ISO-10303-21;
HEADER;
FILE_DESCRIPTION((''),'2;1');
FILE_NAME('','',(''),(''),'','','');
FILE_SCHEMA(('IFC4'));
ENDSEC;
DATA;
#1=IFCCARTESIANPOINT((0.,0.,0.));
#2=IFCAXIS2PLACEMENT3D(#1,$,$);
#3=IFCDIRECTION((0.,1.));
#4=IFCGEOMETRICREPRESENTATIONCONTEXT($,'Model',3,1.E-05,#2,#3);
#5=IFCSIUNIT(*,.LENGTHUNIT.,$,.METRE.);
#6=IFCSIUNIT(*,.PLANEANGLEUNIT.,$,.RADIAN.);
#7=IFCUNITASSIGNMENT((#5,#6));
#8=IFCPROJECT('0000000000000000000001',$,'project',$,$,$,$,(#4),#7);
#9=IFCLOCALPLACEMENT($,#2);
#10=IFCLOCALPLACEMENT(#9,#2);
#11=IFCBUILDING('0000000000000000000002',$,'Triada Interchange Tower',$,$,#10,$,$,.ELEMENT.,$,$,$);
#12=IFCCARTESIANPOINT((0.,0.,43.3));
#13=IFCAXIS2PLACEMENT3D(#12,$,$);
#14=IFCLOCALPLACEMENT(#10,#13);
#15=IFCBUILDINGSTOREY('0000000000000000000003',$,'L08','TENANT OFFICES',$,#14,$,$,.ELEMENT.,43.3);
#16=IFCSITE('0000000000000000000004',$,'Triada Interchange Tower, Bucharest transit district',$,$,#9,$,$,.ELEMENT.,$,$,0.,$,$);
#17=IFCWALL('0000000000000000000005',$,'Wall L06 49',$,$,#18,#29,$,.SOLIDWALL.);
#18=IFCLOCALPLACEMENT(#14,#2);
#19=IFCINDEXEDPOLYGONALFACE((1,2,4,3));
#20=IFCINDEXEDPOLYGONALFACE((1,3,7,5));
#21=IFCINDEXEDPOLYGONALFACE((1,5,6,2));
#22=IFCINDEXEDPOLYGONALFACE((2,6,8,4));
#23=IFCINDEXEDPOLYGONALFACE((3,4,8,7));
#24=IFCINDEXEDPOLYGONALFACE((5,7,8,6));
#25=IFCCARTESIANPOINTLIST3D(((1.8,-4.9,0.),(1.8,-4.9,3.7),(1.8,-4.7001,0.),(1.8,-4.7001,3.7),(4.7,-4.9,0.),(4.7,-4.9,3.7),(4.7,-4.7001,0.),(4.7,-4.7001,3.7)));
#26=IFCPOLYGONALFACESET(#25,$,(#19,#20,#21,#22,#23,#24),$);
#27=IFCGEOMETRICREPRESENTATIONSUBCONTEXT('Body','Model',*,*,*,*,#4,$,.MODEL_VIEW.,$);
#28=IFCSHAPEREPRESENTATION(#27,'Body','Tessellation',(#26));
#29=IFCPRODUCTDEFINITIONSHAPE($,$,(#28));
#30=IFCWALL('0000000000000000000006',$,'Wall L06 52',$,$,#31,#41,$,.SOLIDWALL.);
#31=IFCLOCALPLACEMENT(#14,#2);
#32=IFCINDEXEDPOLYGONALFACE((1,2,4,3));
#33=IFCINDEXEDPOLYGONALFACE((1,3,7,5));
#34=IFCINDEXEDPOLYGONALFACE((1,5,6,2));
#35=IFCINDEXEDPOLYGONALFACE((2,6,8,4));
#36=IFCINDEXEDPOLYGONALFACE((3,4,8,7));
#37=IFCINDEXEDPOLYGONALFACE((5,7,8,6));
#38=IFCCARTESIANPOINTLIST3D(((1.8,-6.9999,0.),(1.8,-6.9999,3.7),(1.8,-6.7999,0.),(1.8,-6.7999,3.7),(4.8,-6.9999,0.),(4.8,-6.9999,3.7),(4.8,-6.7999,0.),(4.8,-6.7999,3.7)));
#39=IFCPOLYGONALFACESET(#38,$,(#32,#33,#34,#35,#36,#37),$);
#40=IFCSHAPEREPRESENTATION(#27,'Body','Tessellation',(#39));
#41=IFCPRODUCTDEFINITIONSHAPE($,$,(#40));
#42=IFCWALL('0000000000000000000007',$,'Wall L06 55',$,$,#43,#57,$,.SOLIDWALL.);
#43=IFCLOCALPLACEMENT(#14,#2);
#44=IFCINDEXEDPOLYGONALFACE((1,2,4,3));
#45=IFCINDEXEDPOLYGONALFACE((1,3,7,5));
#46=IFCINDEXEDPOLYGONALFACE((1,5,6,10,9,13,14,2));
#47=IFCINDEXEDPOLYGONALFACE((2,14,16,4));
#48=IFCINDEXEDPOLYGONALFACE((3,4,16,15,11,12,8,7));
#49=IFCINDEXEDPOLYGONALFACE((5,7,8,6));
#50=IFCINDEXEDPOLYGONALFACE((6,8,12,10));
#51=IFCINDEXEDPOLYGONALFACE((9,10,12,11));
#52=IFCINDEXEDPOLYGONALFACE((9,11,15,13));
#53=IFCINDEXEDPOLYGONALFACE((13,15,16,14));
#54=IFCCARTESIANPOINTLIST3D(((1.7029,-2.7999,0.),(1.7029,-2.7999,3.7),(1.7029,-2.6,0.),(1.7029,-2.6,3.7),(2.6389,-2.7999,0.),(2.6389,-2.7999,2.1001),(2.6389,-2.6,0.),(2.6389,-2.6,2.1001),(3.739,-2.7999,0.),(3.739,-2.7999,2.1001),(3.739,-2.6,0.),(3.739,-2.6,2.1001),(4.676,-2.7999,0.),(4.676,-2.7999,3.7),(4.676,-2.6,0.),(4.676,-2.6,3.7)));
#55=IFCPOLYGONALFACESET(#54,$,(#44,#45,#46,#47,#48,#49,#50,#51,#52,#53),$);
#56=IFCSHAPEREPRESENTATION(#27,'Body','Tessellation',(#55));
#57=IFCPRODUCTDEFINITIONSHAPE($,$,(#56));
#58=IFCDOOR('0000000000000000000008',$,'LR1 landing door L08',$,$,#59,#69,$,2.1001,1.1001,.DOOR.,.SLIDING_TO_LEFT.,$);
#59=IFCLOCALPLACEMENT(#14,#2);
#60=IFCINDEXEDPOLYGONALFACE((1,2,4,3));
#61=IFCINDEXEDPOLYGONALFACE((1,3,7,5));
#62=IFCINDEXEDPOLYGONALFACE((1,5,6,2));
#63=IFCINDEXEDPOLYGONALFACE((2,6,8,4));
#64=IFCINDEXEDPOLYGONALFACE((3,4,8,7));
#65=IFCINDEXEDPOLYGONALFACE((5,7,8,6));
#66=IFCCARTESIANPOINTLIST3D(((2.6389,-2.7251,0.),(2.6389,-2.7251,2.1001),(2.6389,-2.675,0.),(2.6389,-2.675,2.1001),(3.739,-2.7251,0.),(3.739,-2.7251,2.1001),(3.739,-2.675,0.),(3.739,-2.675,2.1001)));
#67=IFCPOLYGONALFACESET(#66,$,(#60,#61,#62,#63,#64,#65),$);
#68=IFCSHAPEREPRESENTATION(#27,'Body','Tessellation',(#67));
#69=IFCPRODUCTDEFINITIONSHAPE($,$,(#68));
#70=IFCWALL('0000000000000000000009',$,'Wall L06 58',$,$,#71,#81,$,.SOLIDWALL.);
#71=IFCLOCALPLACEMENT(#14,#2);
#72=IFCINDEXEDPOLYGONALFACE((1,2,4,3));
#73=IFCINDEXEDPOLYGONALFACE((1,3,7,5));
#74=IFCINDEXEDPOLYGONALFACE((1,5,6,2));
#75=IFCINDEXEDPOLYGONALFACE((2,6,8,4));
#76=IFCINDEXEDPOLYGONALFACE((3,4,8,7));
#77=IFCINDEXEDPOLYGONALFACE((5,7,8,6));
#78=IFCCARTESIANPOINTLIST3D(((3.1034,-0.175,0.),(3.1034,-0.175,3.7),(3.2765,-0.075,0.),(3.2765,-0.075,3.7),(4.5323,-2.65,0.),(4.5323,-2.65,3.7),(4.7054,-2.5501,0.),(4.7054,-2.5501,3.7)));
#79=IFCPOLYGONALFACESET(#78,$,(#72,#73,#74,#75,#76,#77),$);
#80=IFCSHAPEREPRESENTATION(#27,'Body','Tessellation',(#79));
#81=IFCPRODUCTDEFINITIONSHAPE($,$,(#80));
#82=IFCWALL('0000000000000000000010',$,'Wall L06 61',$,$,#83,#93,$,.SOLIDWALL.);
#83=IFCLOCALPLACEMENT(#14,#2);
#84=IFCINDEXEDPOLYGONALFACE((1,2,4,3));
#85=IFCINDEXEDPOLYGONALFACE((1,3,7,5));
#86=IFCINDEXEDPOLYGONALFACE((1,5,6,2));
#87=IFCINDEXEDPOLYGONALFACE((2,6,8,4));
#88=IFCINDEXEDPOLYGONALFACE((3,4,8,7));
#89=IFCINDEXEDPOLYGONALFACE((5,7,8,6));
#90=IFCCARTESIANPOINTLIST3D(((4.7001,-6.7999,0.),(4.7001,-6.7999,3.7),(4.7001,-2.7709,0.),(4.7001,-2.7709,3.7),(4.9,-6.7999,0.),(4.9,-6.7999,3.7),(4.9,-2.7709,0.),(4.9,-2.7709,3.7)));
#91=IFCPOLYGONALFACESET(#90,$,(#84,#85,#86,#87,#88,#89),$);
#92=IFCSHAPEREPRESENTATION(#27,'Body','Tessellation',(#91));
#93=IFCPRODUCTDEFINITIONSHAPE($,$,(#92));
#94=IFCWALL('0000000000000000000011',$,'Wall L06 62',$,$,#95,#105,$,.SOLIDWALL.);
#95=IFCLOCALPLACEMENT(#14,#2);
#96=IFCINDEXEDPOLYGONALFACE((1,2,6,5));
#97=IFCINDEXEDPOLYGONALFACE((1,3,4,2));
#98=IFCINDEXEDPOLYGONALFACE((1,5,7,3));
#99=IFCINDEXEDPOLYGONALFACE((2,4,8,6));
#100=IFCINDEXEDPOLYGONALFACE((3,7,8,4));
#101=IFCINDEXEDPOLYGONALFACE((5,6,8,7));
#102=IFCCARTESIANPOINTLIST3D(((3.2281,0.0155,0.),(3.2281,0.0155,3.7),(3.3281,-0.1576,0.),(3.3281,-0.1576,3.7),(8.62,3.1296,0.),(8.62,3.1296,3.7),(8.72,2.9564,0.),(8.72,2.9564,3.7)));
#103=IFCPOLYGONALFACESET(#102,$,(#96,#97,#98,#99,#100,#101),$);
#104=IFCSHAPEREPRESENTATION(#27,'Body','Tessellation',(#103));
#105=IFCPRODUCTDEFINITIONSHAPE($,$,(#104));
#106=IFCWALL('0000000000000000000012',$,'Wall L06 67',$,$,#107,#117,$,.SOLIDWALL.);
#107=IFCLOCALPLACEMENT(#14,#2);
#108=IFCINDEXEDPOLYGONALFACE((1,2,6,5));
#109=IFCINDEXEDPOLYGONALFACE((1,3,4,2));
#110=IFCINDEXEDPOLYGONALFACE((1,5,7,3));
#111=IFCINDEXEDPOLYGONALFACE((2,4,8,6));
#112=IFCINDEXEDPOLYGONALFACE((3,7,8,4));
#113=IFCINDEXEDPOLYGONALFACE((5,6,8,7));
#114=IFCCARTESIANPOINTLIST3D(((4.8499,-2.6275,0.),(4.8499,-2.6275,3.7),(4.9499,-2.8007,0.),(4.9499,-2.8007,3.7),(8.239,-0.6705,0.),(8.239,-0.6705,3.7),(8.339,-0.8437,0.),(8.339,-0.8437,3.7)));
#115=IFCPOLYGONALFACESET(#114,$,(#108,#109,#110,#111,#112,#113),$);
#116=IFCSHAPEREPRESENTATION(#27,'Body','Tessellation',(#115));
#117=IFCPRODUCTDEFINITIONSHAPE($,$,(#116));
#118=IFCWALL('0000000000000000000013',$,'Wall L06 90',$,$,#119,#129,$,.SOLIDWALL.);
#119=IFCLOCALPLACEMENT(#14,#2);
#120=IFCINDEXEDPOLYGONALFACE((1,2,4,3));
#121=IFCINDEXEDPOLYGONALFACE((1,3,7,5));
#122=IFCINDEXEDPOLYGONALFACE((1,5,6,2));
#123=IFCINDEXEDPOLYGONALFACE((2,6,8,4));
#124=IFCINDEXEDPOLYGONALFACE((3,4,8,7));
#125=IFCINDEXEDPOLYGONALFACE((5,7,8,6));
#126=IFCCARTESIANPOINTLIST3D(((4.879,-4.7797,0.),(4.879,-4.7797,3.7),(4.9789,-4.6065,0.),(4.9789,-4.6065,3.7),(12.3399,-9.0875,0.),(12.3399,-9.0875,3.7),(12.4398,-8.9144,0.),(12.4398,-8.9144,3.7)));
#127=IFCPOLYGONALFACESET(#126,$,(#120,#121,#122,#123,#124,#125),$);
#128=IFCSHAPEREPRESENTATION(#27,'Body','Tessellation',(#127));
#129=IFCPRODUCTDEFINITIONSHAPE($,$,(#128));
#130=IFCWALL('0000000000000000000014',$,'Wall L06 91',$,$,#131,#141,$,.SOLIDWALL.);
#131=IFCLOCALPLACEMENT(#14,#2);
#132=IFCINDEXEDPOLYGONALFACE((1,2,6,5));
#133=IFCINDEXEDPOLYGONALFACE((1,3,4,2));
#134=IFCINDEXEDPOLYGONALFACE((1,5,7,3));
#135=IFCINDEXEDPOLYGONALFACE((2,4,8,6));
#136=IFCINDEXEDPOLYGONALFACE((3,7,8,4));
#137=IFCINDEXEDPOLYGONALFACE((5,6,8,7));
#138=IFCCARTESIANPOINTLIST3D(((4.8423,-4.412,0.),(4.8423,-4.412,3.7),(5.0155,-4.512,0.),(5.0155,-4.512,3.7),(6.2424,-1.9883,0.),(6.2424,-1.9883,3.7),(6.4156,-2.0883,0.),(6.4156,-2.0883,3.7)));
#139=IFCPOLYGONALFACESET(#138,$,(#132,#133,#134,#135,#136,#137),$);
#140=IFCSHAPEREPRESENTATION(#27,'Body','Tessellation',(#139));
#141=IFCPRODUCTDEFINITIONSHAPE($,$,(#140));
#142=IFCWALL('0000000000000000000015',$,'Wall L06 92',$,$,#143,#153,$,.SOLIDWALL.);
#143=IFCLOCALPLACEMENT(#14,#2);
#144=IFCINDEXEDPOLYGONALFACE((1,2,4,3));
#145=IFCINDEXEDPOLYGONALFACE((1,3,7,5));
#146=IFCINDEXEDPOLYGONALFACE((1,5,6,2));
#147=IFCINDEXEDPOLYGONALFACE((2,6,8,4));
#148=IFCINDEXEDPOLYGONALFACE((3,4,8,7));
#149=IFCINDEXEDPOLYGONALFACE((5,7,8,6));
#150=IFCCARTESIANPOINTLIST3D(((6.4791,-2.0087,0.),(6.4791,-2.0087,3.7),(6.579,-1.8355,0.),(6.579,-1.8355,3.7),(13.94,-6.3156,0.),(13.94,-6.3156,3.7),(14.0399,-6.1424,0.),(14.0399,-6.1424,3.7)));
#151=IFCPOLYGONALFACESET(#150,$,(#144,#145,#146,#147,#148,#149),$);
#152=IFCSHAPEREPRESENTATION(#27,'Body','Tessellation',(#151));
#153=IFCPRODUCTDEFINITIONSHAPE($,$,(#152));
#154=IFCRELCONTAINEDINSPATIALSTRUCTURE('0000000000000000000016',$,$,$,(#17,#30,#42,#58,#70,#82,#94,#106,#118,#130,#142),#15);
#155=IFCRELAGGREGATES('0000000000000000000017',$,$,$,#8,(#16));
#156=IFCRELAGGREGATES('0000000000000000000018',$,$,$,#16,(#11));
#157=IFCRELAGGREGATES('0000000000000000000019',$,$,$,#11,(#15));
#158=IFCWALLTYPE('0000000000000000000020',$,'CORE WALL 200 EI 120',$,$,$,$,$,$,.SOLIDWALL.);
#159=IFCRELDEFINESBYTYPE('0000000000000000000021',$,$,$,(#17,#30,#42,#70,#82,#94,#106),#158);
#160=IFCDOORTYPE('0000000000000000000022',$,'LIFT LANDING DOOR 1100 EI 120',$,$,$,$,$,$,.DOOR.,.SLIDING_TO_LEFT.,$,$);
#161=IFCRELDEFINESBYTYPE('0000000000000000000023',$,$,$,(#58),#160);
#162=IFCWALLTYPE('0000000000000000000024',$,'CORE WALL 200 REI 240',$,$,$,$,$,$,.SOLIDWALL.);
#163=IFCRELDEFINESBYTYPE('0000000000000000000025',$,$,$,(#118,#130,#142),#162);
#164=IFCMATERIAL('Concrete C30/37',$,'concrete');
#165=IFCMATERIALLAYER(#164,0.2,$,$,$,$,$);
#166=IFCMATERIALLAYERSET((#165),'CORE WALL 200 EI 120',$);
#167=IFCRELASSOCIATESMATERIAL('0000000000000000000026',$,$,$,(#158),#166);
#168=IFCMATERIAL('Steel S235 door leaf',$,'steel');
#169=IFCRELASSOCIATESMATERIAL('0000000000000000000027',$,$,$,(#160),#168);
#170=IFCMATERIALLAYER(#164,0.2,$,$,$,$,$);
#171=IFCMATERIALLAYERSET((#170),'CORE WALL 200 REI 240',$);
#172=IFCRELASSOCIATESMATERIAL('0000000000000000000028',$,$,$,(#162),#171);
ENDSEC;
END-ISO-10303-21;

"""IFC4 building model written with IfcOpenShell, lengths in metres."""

from ifc_helpers import new_model, si_unit, direction, frame, frame_2d, origin, place, context, subcontext, project, spatial, rectangle, extrude, material, layer, layer_set, type_object, element, fill, save


model = new_model("IFC4")

# Units and contexts
model_context = context("Model", 3, precision=1e-05, world=origin(), true_north=direction((0.0, 1.0)))
body_context = subcontext(model_context, "Body", "Model", "MODEL_VIEW")
ifc_project = project(units=[si_unit("LENGTHUNIT", "METRE"), si_unit("PLANEANGLEUNIT", "RADIAN")], contexts=[model_context])

# Site, building, storey
site_placement = place(None, origin())
site = spatial("IfcSite", under=ifc_project, at=site_placement, Name="Triada Interchange Tower, Bucharest transit district", CompositionType="ELEMENT", RefElevation=0.0)
building_placement = place(site_placement, origin())
building = spatial("IfcBuilding", under=site, at=building_placement, Name="Triada Interchange Tower", CompositionType="ELEMENT")
storey_placement = place(building_placement, frame((0.0, 0.0, 43.3)))
storey = spatial("IfcBuildingStorey", under=building, at=storey_placement, Name="L08", Description="TENANT OFFICES", CompositionType="ELEMENT", Elevation=43.3)

# Walls
ifc_material_1 = material(Name="Concrete C30/37", Category="concrete")
ifc_layer_1 = layer(ifc_material_1, 0.2)
ifc_layer_set_1 = layer_set([ifc_layer_1], Name="CORE WALL 200 EI 120")
wall_type_1 = type_object("IfcWallType", Name="CORE WALL 200 EI 120", PredefinedType="SOLIDWALL", material=ifc_layer_set_1)
wall_1_placement = place(storey_placement, frame((1.8, -4.8, 0.0), z_axis=(0.0, 0.0, 1.0), x_axis=(1.0, 0.0, 0.0)))
element("IfcWall", 1, at=wall_1_placement, inside=storey, type_object=wall_type_1, Name="Wall L06 49", PredefinedType="SOLIDWALL", context=body_context, shape_type="SweptSolid", body=[
    extrude(rectangle(XDim=2.8999, YDim=0.2, at=frame_2d((1.45, 0.0))), origin(), (0.0, 0.0, 1.0), 3.7),
])
wall_2_placement = place(storey_placement, frame((1.8, -6.8999, 0.0), z_axis=(0.0, 0.0, 1.0), x_axis=(1.0, 0.0, 0.0)))
element("IfcWall", 2, at=wall_2_placement, inside=storey, type_object=wall_type_1, Name="Wall L06 52", PredefinedType="SOLIDWALL", context=body_context, shape_type="SweptSolid", body=[
    extrude(rectangle(XDim=3.0, YDim=0.2, at=frame_2d((1.5, 0.0))), origin(), (0.0, 0.0, 1.0), 3.7),
])

# Wall, opening, door
wall_3_placement = place(storey_placement, frame((1.7029, -2.7, 0.0), z_axis=(0.0, 0.0, 1.0), x_axis=(1.0, 0.0, 0.0)))
wall_3 = element("IfcWall", 3, at=wall_3_placement, inside=storey, type_object=wall_type_1, Name="Wall L06 55", PredefinedType="SOLIDWALL", context=body_context, shape_type="SweptSolid", body=[
    extrude(rectangle(XDim=2.9731, YDim=0.2, at=frame_2d((1.4866, 0.0))), origin(), (0.0, 0.0, 1.0), 3.7),
])
opening_1_placement = place(wall_3_placement, frame((0.936, 0.0, 0.0)))
opening_1 = element("IfcOpeningElement", 4, at=opening_1_placement, cuts=wall_3, PredefinedType="OPENING", context=body_context, shape_type="SweptSolid", body=[
    extrude(rectangle(XDim=1.1001, YDim=2.1001, at=frame_2d((0.55, 1.05))), frame((0.0, 0.1099, 0.0), z_axis=(0.0, -1.0, 0.0), x_axis=(1.0, 0.0, 0.0)), (0.0, 0.0, 1.0), 0.22),
])
ifc_material_2 = material(Name="Steel S235 door leaf", Category="steel")
door_type_1 = type_object("IfcDoorType", Name="LIFT LANDING DOOR 1100 EI 120", OperationType="SLIDING_TO_LEFT", PredefinedType="DOOR", material=ifc_material_2)
door_1_placement = place(opening_1_placement, origin())
door_1 = element("IfcDoor", 5, at=door_1_placement, inside=storey, type_object=door_type_1, Name="LR1 landing door L08", OperationType="SLIDING_TO_LEFT", OverallHeight=2.1001, OverallWidth=1.1001, PredefinedType="DOOR", context=body_context, shape_type="SweptSolid", body=[
    extrude(rectangle(XDim=1.1001, YDim=2.1001, at=frame_2d((0.55, 1.05))), frame((0.0, 0.0249, 0.0), z_axis=(0.0, -1.0, 0.0), x_axis=(1.0, 0.0, 0.0)), (0.0, 0.0, 1.0), 0.05),
])
fill(opening_1, door_1)

# Walls
wall_4_placement = place(storey_placement, frame((3.1899, -0.125, 0.0), z_axis=(0.0, 0.0, 1.0), x_axis=(0.499989, -0.866032, 0.0)))
element("IfcWall", 6, at=wall_4_placement, inside=storey, type_object=wall_type_1, Name="Wall L06 58", PredefinedType="SOLIDWALL", context=body_context, shape_type="SweptSolid", body=[
    extrude(rectangle(XDim=2.8579, YDim=0.2, at=frame_2d((1.429, 0.0))), origin(), (0.0, 0.0, 1.0), 3.7),
])
wall_5_placement = place(storey_placement, frame((4.8, -6.8, 0.0), z_axis=(0.0, 0.0, 1.0), x_axis=(0.0, 1.0, 0.0)))
element("IfcWall", 7, at=wall_5_placement, inside=storey, type_object=wall_type_1, Name="Wall L06 61", PredefinedType="SOLIDWALL", context=body_context, shape_type="SweptSolid", body=[
    extrude(rectangle(XDim=4.0291, YDim=0.2, at=frame_2d((2.0146, 0.0))), origin(), (0.0, 0.0, 1.0), 3.7),
])
wall_6_placement = place(storey_placement, frame((3.2781, -0.071, 0.0), z_axis=(0.0, 0.0, 1.0), x_axis=(0.865954, 0.500124, 0.0)))
element("IfcWall", 8, at=wall_6_placement, inside=storey, type_object=wall_type_1, Name="Wall L06 62", PredefinedType="SOLIDWALL", context=body_context, shape_type="SweptSolid", body=[
    extrude(rectangle(XDim=6.2266, YDim=0.2, at=frame_2d((3.1133, 0.0))), origin(), (0.0, 0.0, 1.0), 3.7),
])
wall_7_placement = place(storey_placement, frame((4.8999, -2.7141, 0.0), z_axis=(0.0, 0.0, 1.0), x_axis=(0.865992, 0.500057, 0.0)))
element("IfcWall", 9, at=wall_7_placement, inside=storey, type_object=wall_type_1, Name="Wall L06 67", PredefinedType="SOLIDWALL", context=body_context, shape_type="SweptSolid", body=[
    extrude(rectangle(XDim=3.9136, YDim=0.2, at=frame_2d((1.9568, 0.0))), origin(), (0.0, 0.0, 1.0), 3.7),
])
ifc_layer_2 = layer(ifc_material_1, 0.2)
ifc_layer_set_2 = layer_set([ifc_layer_2], Name="CORE WALL 200 REI 240")
wall_type_2 = type_object("IfcWallType", Name="CORE WALL 200 REI 240", PredefinedType="SOLIDWALL", material=ifc_layer_set_2)
wall_8_placement = place(storey_placement, frame((4.929, -4.6931, 0.0), z_axis=(0.0, 0.0, 1.0), x_axis=(0.866011, -0.500025, 0.0)))
element("IfcWall", 10, at=wall_8_placement, inside=storey, type_object=wall_type_2, Name="Wall L06 90", PredefinedType="SOLIDWALL", context=body_context, shape_type="SweptSolid", body=[
    extrude(rectangle(XDim=8.6152, YDim=0.2, at=frame_2d((4.3076, 0.0))), origin(), (0.0, 0.0, 1.0), 3.7),
])
wall_9_placement = place(storey_placement, frame((4.929, -4.4619, 0.0), z_axis=(0.0, 0.0, 1.0), x_axis=(0.500201, 0.86591, 0.0)))
element("IfcWall", 11, at=wall_9_placement, inside=storey, type_object=wall_type_2, Name="Wall L06 91", PredefinedType="SOLIDWALL", context=body_context, shape_type="SweptSolid", body=[
    extrude(rectangle(XDim=2.7991, YDim=0.2, at=frame_2d((1.3994, 0.0))), origin(), (0.0, 0.0, 1.0), 3.7),
])
wall_10_placement = place(storey_placement, frame((6.5291, -1.9221, 0.0), z_axis=(0.0, 0.0, 1.0), x_axis=(0.86606, -0.49994, 0.0)))
element("IfcWall", 12, at=wall_10_placement, inside=storey, type_object=wall_type_2, Name="Wall L06 92", PredefinedType="SOLIDWALL", context=body_context, shape_type="SweptSolid", body=[
    extrude(rectangle(XDim=8.6147, YDim=0.2, at=frame_2d((4.3074, 0.0))), origin(), (0.0, 0.0, 1.0), 3.7),
])

save(model, "model.ifc")
